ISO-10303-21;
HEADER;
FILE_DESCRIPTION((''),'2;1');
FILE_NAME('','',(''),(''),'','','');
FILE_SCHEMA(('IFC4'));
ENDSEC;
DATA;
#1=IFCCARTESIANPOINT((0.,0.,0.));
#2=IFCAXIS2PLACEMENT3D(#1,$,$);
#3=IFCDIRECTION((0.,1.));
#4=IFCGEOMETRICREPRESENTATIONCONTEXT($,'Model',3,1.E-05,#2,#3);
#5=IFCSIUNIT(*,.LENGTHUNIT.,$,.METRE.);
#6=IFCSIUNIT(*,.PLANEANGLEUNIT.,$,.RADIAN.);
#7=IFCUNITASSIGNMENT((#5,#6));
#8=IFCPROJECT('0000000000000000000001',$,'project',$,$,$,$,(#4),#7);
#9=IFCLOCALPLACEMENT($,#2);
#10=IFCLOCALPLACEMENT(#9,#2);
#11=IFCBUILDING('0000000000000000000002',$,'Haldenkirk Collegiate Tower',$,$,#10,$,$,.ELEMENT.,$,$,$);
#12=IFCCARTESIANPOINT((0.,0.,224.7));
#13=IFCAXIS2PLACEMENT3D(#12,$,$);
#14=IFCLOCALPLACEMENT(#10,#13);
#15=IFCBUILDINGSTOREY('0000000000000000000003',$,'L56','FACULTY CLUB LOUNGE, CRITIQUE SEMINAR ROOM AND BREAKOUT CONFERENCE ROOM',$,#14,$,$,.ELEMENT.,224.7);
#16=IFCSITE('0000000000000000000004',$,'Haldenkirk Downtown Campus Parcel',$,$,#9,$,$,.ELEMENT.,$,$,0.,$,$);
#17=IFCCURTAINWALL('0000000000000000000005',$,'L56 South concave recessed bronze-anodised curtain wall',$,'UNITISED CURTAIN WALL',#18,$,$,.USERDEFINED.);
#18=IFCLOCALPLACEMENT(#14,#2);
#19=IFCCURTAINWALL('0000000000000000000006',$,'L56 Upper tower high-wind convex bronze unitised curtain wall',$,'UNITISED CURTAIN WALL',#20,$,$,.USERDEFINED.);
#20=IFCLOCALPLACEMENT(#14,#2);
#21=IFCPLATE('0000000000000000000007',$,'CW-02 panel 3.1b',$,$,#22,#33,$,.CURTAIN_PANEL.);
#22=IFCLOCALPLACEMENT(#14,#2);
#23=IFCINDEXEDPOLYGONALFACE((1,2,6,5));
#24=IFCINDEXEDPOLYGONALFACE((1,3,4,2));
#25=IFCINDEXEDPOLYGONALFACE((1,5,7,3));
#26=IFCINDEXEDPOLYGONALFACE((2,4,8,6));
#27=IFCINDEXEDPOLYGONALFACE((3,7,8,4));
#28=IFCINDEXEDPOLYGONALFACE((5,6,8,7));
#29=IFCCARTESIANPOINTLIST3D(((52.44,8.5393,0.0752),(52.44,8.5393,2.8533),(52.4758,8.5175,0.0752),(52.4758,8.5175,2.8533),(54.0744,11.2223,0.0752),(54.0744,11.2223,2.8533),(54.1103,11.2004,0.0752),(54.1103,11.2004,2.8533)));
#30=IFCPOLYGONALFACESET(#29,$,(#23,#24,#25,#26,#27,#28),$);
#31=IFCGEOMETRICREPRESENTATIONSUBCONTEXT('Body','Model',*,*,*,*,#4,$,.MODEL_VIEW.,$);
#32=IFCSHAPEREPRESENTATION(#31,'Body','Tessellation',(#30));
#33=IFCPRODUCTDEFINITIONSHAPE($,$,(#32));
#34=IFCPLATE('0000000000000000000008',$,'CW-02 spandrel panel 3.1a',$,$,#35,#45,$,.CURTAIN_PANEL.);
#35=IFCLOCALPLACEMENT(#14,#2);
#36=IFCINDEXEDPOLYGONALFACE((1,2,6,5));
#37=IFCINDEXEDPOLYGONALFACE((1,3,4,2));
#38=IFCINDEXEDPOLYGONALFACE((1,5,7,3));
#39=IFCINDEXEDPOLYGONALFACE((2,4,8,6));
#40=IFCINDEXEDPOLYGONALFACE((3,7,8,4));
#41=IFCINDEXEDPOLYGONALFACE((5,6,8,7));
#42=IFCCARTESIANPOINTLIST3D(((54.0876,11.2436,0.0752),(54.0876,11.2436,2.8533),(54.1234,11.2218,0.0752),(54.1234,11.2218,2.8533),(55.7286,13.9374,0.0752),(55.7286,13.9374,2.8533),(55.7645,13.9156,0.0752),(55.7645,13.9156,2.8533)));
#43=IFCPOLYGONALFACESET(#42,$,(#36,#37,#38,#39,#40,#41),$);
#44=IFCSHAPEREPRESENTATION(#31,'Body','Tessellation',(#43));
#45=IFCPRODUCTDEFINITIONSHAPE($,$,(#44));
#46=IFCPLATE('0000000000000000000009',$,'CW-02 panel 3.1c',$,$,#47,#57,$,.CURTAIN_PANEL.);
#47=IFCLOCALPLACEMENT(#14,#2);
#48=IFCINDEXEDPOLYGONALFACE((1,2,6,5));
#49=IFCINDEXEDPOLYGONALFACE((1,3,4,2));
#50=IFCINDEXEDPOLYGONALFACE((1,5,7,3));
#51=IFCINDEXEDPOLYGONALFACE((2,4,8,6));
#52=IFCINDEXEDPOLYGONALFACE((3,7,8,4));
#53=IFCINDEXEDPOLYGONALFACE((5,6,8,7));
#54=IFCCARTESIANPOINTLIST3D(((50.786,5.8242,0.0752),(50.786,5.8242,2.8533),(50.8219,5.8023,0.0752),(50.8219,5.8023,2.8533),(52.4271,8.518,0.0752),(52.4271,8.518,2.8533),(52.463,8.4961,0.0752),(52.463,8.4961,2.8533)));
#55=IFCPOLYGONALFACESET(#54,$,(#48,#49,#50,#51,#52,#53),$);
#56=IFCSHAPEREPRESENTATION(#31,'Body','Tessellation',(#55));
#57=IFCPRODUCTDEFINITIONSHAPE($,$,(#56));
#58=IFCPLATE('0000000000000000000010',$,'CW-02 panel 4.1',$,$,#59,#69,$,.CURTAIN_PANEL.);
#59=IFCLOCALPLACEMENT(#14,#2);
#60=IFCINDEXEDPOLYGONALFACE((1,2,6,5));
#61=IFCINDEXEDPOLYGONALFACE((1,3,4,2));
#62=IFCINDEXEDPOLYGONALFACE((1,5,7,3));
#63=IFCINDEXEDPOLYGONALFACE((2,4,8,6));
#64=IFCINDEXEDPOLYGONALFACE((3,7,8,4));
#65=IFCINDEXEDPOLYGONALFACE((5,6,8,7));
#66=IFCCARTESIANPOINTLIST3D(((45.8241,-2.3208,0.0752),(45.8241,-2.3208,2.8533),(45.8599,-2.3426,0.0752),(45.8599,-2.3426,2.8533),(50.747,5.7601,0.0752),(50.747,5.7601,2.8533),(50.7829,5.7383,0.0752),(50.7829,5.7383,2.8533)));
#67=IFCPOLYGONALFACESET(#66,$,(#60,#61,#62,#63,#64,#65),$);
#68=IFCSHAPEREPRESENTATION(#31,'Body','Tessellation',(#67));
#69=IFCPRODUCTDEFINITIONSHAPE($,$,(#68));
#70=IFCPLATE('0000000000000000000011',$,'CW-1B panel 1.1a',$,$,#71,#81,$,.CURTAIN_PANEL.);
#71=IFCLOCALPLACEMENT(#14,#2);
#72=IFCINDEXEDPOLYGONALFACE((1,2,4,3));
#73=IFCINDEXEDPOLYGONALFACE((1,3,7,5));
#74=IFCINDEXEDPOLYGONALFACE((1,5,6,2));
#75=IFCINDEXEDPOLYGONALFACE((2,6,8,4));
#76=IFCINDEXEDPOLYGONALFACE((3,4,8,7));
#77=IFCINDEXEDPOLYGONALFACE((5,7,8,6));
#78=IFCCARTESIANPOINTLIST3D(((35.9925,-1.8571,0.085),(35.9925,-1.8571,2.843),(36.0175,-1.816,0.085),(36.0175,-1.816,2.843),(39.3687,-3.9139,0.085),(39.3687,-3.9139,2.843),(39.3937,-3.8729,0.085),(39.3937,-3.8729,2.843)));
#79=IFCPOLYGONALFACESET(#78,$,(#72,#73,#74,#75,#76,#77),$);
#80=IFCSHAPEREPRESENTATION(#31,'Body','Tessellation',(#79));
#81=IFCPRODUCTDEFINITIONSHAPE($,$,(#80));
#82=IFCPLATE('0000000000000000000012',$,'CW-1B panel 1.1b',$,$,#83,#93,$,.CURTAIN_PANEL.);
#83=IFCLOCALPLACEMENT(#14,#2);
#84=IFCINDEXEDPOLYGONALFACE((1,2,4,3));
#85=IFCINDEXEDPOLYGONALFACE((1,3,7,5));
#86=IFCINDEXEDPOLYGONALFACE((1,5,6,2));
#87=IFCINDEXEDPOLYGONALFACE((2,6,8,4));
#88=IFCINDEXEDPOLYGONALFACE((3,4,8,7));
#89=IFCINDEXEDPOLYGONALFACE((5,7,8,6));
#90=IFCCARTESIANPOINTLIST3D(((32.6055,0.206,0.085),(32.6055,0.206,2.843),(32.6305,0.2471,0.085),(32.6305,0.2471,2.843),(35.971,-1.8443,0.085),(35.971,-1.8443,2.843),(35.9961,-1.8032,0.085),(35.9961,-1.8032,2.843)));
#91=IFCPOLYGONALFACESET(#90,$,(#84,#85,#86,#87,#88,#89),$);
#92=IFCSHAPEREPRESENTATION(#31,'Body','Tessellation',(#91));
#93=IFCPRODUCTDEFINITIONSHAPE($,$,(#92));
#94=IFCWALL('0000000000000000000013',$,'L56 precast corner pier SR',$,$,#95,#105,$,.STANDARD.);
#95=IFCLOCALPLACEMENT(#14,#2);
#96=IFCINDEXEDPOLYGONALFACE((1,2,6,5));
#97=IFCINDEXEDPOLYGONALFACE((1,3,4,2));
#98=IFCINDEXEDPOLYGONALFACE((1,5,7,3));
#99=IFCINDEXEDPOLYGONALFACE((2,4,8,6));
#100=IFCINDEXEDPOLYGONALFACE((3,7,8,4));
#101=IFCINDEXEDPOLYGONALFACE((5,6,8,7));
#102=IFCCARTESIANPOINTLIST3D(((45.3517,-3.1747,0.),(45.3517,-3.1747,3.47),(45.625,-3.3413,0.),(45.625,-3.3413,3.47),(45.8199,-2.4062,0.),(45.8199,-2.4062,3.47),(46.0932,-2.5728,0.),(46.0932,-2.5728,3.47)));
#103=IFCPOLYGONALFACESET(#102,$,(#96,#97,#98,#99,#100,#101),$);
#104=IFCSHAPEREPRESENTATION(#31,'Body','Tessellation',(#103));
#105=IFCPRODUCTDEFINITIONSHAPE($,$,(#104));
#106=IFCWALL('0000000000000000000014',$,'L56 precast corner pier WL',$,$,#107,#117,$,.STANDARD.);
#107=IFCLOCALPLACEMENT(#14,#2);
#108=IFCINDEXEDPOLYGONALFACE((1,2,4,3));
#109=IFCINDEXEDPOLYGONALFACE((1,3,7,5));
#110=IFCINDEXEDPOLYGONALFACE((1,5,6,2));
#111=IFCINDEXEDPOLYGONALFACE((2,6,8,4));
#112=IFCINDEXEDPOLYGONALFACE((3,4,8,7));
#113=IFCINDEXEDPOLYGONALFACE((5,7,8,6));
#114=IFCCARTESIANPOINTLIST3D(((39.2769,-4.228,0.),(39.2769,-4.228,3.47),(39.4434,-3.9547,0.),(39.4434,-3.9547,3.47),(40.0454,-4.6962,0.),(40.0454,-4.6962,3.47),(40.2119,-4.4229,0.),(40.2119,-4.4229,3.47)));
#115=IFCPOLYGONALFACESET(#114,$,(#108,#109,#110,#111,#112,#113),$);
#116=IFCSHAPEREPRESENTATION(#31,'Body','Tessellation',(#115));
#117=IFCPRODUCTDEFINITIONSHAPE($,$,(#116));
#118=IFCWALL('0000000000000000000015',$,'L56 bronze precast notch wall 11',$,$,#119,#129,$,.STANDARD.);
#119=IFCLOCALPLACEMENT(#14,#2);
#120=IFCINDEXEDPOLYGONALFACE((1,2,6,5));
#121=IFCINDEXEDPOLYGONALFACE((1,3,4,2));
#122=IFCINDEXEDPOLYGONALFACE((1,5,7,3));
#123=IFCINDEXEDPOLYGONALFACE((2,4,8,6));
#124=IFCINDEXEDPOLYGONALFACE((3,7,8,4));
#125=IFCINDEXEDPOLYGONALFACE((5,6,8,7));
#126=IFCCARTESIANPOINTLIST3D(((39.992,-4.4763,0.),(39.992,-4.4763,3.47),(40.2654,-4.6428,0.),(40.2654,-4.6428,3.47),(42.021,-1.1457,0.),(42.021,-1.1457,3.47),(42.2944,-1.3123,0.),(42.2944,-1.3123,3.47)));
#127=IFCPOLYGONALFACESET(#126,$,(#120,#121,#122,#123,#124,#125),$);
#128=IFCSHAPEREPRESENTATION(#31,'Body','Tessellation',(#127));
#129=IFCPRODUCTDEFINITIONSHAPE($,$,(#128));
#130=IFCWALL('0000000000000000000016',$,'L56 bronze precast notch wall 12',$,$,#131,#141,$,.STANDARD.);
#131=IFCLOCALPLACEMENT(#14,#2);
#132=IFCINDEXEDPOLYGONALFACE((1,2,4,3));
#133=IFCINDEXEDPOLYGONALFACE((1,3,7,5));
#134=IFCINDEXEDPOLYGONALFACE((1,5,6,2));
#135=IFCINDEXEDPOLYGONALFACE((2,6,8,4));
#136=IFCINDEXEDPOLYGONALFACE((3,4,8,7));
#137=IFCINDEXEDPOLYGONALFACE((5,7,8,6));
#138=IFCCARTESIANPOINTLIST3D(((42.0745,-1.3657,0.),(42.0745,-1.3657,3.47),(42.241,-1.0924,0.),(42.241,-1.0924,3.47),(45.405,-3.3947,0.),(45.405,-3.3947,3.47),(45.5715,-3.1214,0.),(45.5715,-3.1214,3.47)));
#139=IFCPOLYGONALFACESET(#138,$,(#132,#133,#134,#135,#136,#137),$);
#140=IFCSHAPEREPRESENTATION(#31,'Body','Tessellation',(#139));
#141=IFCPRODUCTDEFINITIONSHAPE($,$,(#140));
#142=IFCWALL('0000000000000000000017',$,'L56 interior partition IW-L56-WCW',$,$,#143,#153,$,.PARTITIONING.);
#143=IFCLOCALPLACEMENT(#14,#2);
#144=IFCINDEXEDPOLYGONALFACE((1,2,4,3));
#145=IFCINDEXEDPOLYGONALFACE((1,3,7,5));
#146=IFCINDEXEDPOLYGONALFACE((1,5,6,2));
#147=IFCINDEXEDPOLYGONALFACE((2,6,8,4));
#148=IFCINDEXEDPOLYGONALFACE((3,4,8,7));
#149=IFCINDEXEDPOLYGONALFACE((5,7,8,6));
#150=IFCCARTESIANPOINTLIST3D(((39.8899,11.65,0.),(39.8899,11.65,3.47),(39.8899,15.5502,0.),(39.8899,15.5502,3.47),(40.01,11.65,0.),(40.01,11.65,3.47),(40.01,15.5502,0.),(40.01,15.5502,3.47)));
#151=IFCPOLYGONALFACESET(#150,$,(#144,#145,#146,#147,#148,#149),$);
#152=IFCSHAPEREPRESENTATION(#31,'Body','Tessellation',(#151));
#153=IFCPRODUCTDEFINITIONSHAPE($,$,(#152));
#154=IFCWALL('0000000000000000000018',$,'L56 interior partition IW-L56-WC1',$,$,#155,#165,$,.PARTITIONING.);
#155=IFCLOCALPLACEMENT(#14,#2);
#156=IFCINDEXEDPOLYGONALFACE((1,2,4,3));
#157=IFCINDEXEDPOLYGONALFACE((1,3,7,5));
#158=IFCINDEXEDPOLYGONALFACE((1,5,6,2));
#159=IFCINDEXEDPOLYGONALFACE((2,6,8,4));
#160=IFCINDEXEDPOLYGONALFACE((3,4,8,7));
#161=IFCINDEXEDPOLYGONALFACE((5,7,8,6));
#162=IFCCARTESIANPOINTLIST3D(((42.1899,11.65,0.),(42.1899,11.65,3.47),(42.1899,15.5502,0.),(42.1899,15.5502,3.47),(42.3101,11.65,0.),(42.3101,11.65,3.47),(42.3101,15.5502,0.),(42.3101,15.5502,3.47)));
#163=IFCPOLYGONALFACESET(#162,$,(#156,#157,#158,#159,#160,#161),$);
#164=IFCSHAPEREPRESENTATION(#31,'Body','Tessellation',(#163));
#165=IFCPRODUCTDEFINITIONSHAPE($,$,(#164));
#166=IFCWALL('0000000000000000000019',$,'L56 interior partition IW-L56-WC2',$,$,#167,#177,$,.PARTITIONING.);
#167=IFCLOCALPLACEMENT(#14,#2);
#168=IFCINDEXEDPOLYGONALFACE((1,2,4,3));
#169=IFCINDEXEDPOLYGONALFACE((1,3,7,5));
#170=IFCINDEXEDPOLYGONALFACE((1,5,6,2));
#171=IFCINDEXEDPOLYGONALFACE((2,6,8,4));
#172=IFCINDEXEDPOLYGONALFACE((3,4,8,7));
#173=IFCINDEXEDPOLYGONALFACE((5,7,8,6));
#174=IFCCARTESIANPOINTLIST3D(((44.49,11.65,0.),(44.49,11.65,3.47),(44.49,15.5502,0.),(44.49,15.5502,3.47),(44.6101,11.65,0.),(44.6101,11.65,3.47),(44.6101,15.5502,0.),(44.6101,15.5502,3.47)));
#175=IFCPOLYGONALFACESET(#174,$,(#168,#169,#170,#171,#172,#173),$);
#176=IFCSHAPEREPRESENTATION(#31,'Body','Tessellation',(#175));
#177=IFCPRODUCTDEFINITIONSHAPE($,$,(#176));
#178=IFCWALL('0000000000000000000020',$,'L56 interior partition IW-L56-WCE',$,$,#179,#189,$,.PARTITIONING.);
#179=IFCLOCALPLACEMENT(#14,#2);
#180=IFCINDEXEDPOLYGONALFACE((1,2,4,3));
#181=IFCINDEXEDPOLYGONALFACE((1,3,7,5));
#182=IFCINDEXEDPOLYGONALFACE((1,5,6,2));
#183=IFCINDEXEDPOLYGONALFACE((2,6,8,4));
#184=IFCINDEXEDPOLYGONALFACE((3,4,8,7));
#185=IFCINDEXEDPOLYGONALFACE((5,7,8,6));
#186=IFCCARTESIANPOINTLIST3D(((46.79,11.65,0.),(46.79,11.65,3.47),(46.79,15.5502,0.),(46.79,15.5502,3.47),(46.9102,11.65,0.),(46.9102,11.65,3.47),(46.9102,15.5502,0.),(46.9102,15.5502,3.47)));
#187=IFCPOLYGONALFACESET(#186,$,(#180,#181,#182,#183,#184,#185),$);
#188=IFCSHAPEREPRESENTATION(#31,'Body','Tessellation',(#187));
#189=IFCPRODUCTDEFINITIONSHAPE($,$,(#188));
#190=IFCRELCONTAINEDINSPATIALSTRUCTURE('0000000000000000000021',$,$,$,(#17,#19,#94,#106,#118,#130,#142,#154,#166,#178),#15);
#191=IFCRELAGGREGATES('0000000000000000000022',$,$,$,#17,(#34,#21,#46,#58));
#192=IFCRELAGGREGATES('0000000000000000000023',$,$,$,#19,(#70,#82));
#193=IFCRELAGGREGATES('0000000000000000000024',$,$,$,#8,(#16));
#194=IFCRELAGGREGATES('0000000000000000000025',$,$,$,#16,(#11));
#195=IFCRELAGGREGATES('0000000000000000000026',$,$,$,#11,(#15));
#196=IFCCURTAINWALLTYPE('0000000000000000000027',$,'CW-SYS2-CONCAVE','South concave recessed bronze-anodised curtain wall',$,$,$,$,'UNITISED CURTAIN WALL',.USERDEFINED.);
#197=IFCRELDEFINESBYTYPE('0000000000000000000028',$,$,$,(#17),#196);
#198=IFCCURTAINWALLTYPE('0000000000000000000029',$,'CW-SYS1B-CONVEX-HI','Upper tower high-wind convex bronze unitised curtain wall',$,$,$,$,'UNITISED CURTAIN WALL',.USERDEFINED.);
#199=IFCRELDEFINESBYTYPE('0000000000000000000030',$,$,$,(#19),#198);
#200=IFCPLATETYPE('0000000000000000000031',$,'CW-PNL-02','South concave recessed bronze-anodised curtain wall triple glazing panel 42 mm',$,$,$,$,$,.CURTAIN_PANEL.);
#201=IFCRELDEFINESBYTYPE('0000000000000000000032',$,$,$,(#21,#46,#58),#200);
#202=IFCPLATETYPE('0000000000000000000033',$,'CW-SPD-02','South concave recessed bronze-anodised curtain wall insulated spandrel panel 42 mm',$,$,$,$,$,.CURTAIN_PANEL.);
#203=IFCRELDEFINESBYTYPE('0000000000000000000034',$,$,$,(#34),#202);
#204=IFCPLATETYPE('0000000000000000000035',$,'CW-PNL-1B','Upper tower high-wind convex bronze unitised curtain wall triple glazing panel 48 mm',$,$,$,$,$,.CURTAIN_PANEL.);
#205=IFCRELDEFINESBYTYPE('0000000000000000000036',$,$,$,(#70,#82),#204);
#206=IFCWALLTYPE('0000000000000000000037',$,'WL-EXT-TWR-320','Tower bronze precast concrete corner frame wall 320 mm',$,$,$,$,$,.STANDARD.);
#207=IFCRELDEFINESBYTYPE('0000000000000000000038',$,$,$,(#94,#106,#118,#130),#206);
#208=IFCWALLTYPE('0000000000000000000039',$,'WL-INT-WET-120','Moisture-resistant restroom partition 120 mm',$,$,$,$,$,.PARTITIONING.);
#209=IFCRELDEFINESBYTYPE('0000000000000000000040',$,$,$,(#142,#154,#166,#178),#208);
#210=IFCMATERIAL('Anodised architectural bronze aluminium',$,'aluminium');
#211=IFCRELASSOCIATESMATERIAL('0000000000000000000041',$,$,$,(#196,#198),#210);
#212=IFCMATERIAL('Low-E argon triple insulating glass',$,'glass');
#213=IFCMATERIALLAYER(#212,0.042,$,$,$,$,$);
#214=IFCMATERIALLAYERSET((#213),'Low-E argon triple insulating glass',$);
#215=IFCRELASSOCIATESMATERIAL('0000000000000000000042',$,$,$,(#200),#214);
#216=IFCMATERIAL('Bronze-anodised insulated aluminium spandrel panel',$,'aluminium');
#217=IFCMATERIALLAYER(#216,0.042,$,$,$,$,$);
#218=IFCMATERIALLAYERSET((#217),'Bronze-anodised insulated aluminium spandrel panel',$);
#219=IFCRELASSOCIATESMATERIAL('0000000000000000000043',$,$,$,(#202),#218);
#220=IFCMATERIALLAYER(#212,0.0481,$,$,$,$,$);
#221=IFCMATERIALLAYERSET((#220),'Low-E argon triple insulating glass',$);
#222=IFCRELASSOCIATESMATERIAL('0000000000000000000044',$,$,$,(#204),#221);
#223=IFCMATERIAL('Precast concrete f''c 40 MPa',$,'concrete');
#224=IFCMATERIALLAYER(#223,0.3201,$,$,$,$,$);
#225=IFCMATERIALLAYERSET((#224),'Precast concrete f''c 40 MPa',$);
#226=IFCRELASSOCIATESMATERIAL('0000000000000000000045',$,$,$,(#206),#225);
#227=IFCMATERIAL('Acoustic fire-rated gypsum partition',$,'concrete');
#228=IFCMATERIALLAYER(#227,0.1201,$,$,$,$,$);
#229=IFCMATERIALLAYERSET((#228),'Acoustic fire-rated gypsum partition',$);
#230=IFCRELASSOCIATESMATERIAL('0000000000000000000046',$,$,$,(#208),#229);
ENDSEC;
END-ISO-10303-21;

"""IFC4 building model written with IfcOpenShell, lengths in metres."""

from ifc_helpers import new_model, si_unit, direction, frame, frame_2d, origin, origin_2d, place, context, subcontext, project, spatial, rectangle, extrude, source, transform, mapped, material, layer, layer_set, type_object, element, aggregate, save


model = new_model("IFC4")

# Units and contexts
model_context = context("Model", 3, precision=1e-05, world=origin(), true_north=direction((0.0, 1.0)))
body_context = subcontext(model_context, "Body", "Model", "MODEL_VIEW")
ifc_project = project(units=[si_unit("LENGTHUNIT", "METRE"), si_unit("PLANEANGLEUNIT", "RADIAN")], contexts=[model_context])

# Site, building, storey
site_placement = place(None, origin())
site = spatial("IfcSite", under=ifc_project, at=site_placement, Name="Haldenkirk Downtown Campus Parcel", CompositionType="ELEMENT", RefElevation=0.0)
building_placement = place(site_placement, origin())
building = spatial("IfcBuilding", under=site, at=building_placement, Name="Haldenkirk Collegiate Tower", CompositionType="ELEMENT")
storey_placement = place(building_placement, frame((0.0, 0.0, 224.7)))
storey = spatial("IfcBuildingStorey", under=building, at=storey_placement, Name="L56", Description="FACULTY CLUB LOUNGE, CRITIQUE SEMINAR ROOM AND BREAKOUT CONFERENCE ROOM", CompositionType="ELEMENT", Elevation=224.7)

# Curtain wall
ifc_material_1 = material(Name="Anodised architectural bronze aluminium", Category="aluminium")
curtain_wall_type_1 = type_object("IfcCurtainWallType", Name="CW-SYS2-CONCAVE", Description="South concave recessed bronze-anodised curtain wall", ElementType="UNITISED CURTAIN WALL", PredefinedType="USERDEFINED", material=ifc_material_1)
curtain_wall_1_placement = place(storey_placement, origin())
curtain_wall_1 = element("IfcCurtainWall", 1, at=curtain_wall_1_placement, inside=storey, type_object=curtain_wall_type_1, Name="L56 South concave recessed bronze-anodised curtain wall", ObjectType="UNITISED CURTAIN WALL", PredefinedType="USERDEFINED")

# Curtain wall
curtain_wall_type_2 = type_object("IfcCurtainWallType", Name="CW-SYS1B-CONVEX-HI", Description="Upper tower high-wind convex bronze unitised curtain wall", ElementType="UNITISED CURTAIN WALL", PredefinedType="USERDEFINED", material=ifc_material_1)
curtain_wall_2_placement = place(storey_placement, origin())
curtain_wall_2 = element("IfcCurtainWall", 2, at=curtain_wall_2_placement, inside=storey, type_object=curtain_wall_type_2, Name="L56 Upper tower high-wind convex bronze unitised curtain wall", ObjectType="UNITISED CURTAIN WALL", PredefinedType="USERDEFINED")

# Plates
ifc_material_2 = material(Name="Low-E argon triple insulating glass", Category="glass")
ifc_layer_1 = layer(ifc_material_2, 0.042)
ifc_layer_set_1 = layer_set([ifc_layer_1], Name="Low-E argon triple insulating glass")
plate_type_1 = type_object("IfcPlateType", Name="CW-PNL-02", Description="South concave recessed bronze-anodised curtain wall triple glazing panel 42 mm", PredefinedType="CURTAIN_PANEL", material=ifc_layer_set_1)
shared_shape_1 = source(origin(), body_context, "Body", "SweptSolid", [
    extrude(rectangle(XDim=3.1416, YDim=0.042, at=origin_2d()), origin(), (0.0, 0.0, 1.0), 2.7781),
])
plate_1_placement = place(storey_placement, frame((53.2751, 9.8699, 0.0752), z_axis=(0.0, 0.0, 1.0), x_axis=(-0.520266, -0.854004, 0.0)))
plate_1 = element("IfcPlate", 3, at=plate_1_placement, type_object=plate_type_1, Name="CW-02 panel 3.1b", PredefinedType="CURTAIN_PANEL", context=body_context, shape_type="MappedRepresentation", body=[
    mapped(shared_shape_1, transform((0.0, 0.0, 0.0), x_axis=(1.0, 0.0, 0.0), y_axis=(0.0, 1.0, 0.0), z_axis=(0.0, 0.0, 1.0), scale=1.0)),
])
ifc_material_3 = material(Name="Bronze-anodised insulated aluminium spandrel panel", Category="aluminium")
ifc_layer_2 = layer(ifc_material_3, 0.042)
ifc_layer_set_2 = layer_set([ifc_layer_2], Name="Bronze-anodised insulated aluminium spandrel panel")
plate_type_2 = type_object("IfcPlateType", Name="CW-SPD-02", Description="South concave recessed bronze-anodised curtain wall insulated spandrel panel 42 mm", PredefinedType="CURTAIN_PANEL", material=ifc_layer_set_2)
shared_shape_2 = source(origin(), body_context, "Body", "SweptSolid", [
    extrude(rectangle(XDim=3.1543, YDim=0.042, at=origin_2d()), origin(), (0.0, 0.0, 1.0), 2.7781),
])
plate_2_placement = place(storey_placement, frame((54.926, 12.5796, 0.0752), z_axis=(0.0, 0.0, 1.0), x_axis=(-0.520266, -0.854004, 0.0)))
plate_2 = element("IfcPlate", 4, at=plate_2_placement, type_object=plate_type_2, Name="CW-02 spandrel panel 3.1a", PredefinedType="CURTAIN_PANEL", context=body_context, shape_type="MappedRepresentation", body=[
    mapped(shared_shape_2, transform((0.0, 0.0, 0.0), x_axis=(1.0, 0.0, 0.0), y_axis=(0.0, 1.0, 0.0), z_axis=(0.0, 0.0, 1.0), scale=1.0)),
])
plate_3_placement = place(storey_placement, frame((51.6245, 7.1602, 0.0752), z_axis=(0.0, 0.0, 1.0), x_axis=(-0.520266, -0.854004, 0.0)))
plate_3 = element("IfcPlate", 5, at=plate_3_placement, type_object=plate_type_1, Name="CW-02 panel 3.1c", PredefinedType="CURTAIN_PANEL", context=body_context, shape_type="MappedRepresentation", body=[
    mapped(shared_shape_2, transform((0.0, 0.0, 0.0), x_axis=(1.0, 0.0, 0.0), y_axis=(0.0, 1.0, 0.0), z_axis=(0.0, 0.0, 1.0), scale=1.0)),
])
shared_shape_3 = source(origin(), body_context, "Body", "SweptSolid", [
    extrude(rectangle(XDim=9.4624, YDim=0.042, at=origin_2d()), origin(), (0.0, 0.0, 1.0), 2.7781),
])
plate_4_placement = place(storey_placement, frame((48.3035, 1.7087, 0.0752), z_axis=(0.0, 0.0, 1.0), x_axis=(-0.520266, -0.854004, 0.0)))
plate_4 = element("IfcPlate", 6, at=plate_4_placement, type_object=plate_type_1, Name="CW-02 panel 4.1", PredefinedType="CURTAIN_PANEL", context=body_context, shape_type="MappedRepresentation", body=[
    mapped(shared_shape_3, transform((0.0, 0.0, 0.0), x_axis=(1.0, 0.0, 0.0), y_axis=(0.0, 1.0, 0.0), z_axis=(0.0, 0.0, 1.0), scale=1.0)),
])
aggregate(curtain_wall_1, [plate_2, plate_1, plate_3, plate_4])
ifc_layer_3 = layer(ifc_material_2, 0.0481)
ifc_layer_set_3 = layer_set([ifc_layer_3], Name="Low-E argon triple insulating glass")
plate_type_3 = type_object("IfcPlateType", Name="CW-PNL-1B", Description="Upper tower high-wind convex bronze unitised curtain wall triple glazing panel 48 mm", PredefinedType="CURTAIN_PANEL", material=ifc_layer_set_3)
shared_shape_4 = source(origin(), body_context, "Body", "SweptSolid", [
    extrude(rectangle(XDim=3.9534, YDim=0.0481, at=origin_2d()), origin(), (0.0, 0.0, 1.0), 2.7581),
])
plate_5_placement = place(storey_placement, frame((37.6931, -2.865, 0.085), z_axis=(0.0, 0.0, 1.0), x_axis=(-0.854003, 0.520268, 0.0)))
plate_5 = element("IfcPlate", 7, at=plate_5_placement, type_object=plate_type_3, Name="CW-1B panel 1.1a", PredefinedType="CURTAIN_PANEL", context=body_context, shape_type="MappedRepresentation", body=[
    mapped(shared_shape_4, transform((0.0, 0.0, 0.0), x_axis=(1.0, 0.0, 0.0), y_axis=(0.0, 1.0, 0.0), z_axis=(0.0, 0.0, 1.0), scale=1.0)),
])
shared_shape_5 = source(origin(), body_context, "Body", "SweptSolid", [
    extrude(rectangle(XDim=3.9409, YDim=0.0481, at=origin_2d()), origin(), (0.0, 0.0, 1.0), 2.7581),
])
plate_6_placement = place(storey_placement, frame((34.3008, -0.7986, 0.085), z_axis=(0.0, 0.0, 1.0), x_axis=(-0.854003, 0.520268, 0.0)))
plate_6 = element("IfcPlate", 8, at=plate_6_placement, type_object=plate_type_3, Name="CW-1B panel 1.1b", PredefinedType="CURTAIN_PANEL", context=body_context, shape_type="MappedRepresentation", body=[
    mapped(shared_shape_5, transform((0.0, 0.0, 0.0), x_axis=(1.0, 0.0, 0.0), y_axis=(0.0, 1.0, 0.0), z_axis=(0.0, 0.0, 1.0), scale=1.0)),
])
aggregate(curtain_wall_2, [plate_5, plate_6])

# Walls
ifc_material_4 = material(Name="Precast concrete f'c 40 MPa", Category="concrete")
ifc_layer_4 = layer(ifc_material_4, 0.3201)
ifc_layer_set_4 = layer_set([ifc_layer_4], Name="Precast concrete f'c 40 MPa")
wall_type_1 = type_object("IfcWallType", Name="WL-EXT-TWR-320", Description="Tower bronze precast concrete corner frame wall 320 mm", PredefinedType="STANDARD", material=ifc_layer_set_4)
for number, where, z_axis, x_axis, name in (
    (9, (45.9565, -2.4895, 0.0), (0.0, 0.0, 1.0), (-0.520308, -0.853978, 0.0), "L56 precast corner pier SR"),
    (10, (40.1287, -4.5596, 0.0), (0.0, 0.0, 1.0), (-0.853978, 0.520308, 0.0), "L56 precast corner pier WL"),
):
    element("IfcWall", number, at=place(storey_placement, frame(where, z_axis=z_axis, x_axis=x_axis)), inside=storey, type_object=wall_type_1, Name=name, PredefinedType="STANDARD", context=body_context, shape_type="SweptSolid", body=[
        extrude(rectangle(XDim=0.8999, YDim=0.3201, at=frame_2d((0.45, 0.0))), origin(), (0.0, 0.0, 1.0), 3.47),
    ])
for number, where, z_axis, x_axis, name in (
    (11, (42.1577, -1.229, 0.0), (0.0, 0.0, 1.0), (-0.520275, -0.853999, 0.0), "L56 bronze precast notch wall 11"),
    (12, (45.4883, -3.2581, 0.0), (0.0, 0.0, 1.0), (-0.853999, 0.520275, 0.0), "L56 bronze precast notch wall 12"),
):
    element("IfcWall", number, at=place(storey_placement, frame(where, z_axis=z_axis, x_axis=x_axis)), inside=storey, type_object=wall_type_1, Name=name, PredefinedType="STANDARD", context=body_context, shape_type="SweptSolid", body=[
        extrude(rectangle(XDim=3.8999, YDim=0.3201, at=frame_2d((1.95, 0.0))), origin(), (0.0, 0.0, 1.0), 3.47),
    ])
ifc_material_5 = material(Name="Acoustic fire-rated gypsum partition", Category="concrete")
ifc_layer_5 = layer(ifc_material_5, 0.1201)
ifc_layer_set_5 = layer_set([ifc_layer_5], Name="Acoustic fire-rated gypsum partition")
wall_type_2 = type_object("IfcWallType", Name="WL-INT-WET-120", Description="Moisture-resistant restroom partition 120 mm", PredefinedType="PARTITIONING", material=ifc_layer_set_5)
for number, where, z_axis, x_axis, name in (
    (13, (39.95, 11.6499, 0.0), (0.0, 0.0, 1.0), (0.0, 1.0, 0.0), "L56 interior partition IW-L56-WCW"),
    (14, (42.25, 11.6499, 0.0), (0.0, 0.0, 1.0), (0.0, 1.0, 0.0), "L56 interior partition IW-L56-WC1"),
    (15, (44.55, 11.6499, 0.0), (0.0, 0.0, 1.0), (0.0, 1.0, 0.0), "L56 interior partition IW-L56-WC2"),
    (16, (46.8501, 11.6499, 0.0), (0.0, 0.0, 1.0), (0.0, 1.0, 0.0), "L56 interior partition IW-L56-WCE"),
):
    element("IfcWall", number, at=place(storey_placement, frame(where, z_axis=z_axis, x_axis=x_axis)), inside=storey, type_object=wall_type_2, Name=name, PredefinedType="PARTITIONING", context=body_context, shape_type="SweptSolid", body=[
        extrude(rectangle(XDim=3.9001, YDim=0.1201, at=frame_2d((1.9502, 0.0))), origin(), (0.0, 0.0, 1.0), 3.47),
    ])

save(model, "model.ifc")
